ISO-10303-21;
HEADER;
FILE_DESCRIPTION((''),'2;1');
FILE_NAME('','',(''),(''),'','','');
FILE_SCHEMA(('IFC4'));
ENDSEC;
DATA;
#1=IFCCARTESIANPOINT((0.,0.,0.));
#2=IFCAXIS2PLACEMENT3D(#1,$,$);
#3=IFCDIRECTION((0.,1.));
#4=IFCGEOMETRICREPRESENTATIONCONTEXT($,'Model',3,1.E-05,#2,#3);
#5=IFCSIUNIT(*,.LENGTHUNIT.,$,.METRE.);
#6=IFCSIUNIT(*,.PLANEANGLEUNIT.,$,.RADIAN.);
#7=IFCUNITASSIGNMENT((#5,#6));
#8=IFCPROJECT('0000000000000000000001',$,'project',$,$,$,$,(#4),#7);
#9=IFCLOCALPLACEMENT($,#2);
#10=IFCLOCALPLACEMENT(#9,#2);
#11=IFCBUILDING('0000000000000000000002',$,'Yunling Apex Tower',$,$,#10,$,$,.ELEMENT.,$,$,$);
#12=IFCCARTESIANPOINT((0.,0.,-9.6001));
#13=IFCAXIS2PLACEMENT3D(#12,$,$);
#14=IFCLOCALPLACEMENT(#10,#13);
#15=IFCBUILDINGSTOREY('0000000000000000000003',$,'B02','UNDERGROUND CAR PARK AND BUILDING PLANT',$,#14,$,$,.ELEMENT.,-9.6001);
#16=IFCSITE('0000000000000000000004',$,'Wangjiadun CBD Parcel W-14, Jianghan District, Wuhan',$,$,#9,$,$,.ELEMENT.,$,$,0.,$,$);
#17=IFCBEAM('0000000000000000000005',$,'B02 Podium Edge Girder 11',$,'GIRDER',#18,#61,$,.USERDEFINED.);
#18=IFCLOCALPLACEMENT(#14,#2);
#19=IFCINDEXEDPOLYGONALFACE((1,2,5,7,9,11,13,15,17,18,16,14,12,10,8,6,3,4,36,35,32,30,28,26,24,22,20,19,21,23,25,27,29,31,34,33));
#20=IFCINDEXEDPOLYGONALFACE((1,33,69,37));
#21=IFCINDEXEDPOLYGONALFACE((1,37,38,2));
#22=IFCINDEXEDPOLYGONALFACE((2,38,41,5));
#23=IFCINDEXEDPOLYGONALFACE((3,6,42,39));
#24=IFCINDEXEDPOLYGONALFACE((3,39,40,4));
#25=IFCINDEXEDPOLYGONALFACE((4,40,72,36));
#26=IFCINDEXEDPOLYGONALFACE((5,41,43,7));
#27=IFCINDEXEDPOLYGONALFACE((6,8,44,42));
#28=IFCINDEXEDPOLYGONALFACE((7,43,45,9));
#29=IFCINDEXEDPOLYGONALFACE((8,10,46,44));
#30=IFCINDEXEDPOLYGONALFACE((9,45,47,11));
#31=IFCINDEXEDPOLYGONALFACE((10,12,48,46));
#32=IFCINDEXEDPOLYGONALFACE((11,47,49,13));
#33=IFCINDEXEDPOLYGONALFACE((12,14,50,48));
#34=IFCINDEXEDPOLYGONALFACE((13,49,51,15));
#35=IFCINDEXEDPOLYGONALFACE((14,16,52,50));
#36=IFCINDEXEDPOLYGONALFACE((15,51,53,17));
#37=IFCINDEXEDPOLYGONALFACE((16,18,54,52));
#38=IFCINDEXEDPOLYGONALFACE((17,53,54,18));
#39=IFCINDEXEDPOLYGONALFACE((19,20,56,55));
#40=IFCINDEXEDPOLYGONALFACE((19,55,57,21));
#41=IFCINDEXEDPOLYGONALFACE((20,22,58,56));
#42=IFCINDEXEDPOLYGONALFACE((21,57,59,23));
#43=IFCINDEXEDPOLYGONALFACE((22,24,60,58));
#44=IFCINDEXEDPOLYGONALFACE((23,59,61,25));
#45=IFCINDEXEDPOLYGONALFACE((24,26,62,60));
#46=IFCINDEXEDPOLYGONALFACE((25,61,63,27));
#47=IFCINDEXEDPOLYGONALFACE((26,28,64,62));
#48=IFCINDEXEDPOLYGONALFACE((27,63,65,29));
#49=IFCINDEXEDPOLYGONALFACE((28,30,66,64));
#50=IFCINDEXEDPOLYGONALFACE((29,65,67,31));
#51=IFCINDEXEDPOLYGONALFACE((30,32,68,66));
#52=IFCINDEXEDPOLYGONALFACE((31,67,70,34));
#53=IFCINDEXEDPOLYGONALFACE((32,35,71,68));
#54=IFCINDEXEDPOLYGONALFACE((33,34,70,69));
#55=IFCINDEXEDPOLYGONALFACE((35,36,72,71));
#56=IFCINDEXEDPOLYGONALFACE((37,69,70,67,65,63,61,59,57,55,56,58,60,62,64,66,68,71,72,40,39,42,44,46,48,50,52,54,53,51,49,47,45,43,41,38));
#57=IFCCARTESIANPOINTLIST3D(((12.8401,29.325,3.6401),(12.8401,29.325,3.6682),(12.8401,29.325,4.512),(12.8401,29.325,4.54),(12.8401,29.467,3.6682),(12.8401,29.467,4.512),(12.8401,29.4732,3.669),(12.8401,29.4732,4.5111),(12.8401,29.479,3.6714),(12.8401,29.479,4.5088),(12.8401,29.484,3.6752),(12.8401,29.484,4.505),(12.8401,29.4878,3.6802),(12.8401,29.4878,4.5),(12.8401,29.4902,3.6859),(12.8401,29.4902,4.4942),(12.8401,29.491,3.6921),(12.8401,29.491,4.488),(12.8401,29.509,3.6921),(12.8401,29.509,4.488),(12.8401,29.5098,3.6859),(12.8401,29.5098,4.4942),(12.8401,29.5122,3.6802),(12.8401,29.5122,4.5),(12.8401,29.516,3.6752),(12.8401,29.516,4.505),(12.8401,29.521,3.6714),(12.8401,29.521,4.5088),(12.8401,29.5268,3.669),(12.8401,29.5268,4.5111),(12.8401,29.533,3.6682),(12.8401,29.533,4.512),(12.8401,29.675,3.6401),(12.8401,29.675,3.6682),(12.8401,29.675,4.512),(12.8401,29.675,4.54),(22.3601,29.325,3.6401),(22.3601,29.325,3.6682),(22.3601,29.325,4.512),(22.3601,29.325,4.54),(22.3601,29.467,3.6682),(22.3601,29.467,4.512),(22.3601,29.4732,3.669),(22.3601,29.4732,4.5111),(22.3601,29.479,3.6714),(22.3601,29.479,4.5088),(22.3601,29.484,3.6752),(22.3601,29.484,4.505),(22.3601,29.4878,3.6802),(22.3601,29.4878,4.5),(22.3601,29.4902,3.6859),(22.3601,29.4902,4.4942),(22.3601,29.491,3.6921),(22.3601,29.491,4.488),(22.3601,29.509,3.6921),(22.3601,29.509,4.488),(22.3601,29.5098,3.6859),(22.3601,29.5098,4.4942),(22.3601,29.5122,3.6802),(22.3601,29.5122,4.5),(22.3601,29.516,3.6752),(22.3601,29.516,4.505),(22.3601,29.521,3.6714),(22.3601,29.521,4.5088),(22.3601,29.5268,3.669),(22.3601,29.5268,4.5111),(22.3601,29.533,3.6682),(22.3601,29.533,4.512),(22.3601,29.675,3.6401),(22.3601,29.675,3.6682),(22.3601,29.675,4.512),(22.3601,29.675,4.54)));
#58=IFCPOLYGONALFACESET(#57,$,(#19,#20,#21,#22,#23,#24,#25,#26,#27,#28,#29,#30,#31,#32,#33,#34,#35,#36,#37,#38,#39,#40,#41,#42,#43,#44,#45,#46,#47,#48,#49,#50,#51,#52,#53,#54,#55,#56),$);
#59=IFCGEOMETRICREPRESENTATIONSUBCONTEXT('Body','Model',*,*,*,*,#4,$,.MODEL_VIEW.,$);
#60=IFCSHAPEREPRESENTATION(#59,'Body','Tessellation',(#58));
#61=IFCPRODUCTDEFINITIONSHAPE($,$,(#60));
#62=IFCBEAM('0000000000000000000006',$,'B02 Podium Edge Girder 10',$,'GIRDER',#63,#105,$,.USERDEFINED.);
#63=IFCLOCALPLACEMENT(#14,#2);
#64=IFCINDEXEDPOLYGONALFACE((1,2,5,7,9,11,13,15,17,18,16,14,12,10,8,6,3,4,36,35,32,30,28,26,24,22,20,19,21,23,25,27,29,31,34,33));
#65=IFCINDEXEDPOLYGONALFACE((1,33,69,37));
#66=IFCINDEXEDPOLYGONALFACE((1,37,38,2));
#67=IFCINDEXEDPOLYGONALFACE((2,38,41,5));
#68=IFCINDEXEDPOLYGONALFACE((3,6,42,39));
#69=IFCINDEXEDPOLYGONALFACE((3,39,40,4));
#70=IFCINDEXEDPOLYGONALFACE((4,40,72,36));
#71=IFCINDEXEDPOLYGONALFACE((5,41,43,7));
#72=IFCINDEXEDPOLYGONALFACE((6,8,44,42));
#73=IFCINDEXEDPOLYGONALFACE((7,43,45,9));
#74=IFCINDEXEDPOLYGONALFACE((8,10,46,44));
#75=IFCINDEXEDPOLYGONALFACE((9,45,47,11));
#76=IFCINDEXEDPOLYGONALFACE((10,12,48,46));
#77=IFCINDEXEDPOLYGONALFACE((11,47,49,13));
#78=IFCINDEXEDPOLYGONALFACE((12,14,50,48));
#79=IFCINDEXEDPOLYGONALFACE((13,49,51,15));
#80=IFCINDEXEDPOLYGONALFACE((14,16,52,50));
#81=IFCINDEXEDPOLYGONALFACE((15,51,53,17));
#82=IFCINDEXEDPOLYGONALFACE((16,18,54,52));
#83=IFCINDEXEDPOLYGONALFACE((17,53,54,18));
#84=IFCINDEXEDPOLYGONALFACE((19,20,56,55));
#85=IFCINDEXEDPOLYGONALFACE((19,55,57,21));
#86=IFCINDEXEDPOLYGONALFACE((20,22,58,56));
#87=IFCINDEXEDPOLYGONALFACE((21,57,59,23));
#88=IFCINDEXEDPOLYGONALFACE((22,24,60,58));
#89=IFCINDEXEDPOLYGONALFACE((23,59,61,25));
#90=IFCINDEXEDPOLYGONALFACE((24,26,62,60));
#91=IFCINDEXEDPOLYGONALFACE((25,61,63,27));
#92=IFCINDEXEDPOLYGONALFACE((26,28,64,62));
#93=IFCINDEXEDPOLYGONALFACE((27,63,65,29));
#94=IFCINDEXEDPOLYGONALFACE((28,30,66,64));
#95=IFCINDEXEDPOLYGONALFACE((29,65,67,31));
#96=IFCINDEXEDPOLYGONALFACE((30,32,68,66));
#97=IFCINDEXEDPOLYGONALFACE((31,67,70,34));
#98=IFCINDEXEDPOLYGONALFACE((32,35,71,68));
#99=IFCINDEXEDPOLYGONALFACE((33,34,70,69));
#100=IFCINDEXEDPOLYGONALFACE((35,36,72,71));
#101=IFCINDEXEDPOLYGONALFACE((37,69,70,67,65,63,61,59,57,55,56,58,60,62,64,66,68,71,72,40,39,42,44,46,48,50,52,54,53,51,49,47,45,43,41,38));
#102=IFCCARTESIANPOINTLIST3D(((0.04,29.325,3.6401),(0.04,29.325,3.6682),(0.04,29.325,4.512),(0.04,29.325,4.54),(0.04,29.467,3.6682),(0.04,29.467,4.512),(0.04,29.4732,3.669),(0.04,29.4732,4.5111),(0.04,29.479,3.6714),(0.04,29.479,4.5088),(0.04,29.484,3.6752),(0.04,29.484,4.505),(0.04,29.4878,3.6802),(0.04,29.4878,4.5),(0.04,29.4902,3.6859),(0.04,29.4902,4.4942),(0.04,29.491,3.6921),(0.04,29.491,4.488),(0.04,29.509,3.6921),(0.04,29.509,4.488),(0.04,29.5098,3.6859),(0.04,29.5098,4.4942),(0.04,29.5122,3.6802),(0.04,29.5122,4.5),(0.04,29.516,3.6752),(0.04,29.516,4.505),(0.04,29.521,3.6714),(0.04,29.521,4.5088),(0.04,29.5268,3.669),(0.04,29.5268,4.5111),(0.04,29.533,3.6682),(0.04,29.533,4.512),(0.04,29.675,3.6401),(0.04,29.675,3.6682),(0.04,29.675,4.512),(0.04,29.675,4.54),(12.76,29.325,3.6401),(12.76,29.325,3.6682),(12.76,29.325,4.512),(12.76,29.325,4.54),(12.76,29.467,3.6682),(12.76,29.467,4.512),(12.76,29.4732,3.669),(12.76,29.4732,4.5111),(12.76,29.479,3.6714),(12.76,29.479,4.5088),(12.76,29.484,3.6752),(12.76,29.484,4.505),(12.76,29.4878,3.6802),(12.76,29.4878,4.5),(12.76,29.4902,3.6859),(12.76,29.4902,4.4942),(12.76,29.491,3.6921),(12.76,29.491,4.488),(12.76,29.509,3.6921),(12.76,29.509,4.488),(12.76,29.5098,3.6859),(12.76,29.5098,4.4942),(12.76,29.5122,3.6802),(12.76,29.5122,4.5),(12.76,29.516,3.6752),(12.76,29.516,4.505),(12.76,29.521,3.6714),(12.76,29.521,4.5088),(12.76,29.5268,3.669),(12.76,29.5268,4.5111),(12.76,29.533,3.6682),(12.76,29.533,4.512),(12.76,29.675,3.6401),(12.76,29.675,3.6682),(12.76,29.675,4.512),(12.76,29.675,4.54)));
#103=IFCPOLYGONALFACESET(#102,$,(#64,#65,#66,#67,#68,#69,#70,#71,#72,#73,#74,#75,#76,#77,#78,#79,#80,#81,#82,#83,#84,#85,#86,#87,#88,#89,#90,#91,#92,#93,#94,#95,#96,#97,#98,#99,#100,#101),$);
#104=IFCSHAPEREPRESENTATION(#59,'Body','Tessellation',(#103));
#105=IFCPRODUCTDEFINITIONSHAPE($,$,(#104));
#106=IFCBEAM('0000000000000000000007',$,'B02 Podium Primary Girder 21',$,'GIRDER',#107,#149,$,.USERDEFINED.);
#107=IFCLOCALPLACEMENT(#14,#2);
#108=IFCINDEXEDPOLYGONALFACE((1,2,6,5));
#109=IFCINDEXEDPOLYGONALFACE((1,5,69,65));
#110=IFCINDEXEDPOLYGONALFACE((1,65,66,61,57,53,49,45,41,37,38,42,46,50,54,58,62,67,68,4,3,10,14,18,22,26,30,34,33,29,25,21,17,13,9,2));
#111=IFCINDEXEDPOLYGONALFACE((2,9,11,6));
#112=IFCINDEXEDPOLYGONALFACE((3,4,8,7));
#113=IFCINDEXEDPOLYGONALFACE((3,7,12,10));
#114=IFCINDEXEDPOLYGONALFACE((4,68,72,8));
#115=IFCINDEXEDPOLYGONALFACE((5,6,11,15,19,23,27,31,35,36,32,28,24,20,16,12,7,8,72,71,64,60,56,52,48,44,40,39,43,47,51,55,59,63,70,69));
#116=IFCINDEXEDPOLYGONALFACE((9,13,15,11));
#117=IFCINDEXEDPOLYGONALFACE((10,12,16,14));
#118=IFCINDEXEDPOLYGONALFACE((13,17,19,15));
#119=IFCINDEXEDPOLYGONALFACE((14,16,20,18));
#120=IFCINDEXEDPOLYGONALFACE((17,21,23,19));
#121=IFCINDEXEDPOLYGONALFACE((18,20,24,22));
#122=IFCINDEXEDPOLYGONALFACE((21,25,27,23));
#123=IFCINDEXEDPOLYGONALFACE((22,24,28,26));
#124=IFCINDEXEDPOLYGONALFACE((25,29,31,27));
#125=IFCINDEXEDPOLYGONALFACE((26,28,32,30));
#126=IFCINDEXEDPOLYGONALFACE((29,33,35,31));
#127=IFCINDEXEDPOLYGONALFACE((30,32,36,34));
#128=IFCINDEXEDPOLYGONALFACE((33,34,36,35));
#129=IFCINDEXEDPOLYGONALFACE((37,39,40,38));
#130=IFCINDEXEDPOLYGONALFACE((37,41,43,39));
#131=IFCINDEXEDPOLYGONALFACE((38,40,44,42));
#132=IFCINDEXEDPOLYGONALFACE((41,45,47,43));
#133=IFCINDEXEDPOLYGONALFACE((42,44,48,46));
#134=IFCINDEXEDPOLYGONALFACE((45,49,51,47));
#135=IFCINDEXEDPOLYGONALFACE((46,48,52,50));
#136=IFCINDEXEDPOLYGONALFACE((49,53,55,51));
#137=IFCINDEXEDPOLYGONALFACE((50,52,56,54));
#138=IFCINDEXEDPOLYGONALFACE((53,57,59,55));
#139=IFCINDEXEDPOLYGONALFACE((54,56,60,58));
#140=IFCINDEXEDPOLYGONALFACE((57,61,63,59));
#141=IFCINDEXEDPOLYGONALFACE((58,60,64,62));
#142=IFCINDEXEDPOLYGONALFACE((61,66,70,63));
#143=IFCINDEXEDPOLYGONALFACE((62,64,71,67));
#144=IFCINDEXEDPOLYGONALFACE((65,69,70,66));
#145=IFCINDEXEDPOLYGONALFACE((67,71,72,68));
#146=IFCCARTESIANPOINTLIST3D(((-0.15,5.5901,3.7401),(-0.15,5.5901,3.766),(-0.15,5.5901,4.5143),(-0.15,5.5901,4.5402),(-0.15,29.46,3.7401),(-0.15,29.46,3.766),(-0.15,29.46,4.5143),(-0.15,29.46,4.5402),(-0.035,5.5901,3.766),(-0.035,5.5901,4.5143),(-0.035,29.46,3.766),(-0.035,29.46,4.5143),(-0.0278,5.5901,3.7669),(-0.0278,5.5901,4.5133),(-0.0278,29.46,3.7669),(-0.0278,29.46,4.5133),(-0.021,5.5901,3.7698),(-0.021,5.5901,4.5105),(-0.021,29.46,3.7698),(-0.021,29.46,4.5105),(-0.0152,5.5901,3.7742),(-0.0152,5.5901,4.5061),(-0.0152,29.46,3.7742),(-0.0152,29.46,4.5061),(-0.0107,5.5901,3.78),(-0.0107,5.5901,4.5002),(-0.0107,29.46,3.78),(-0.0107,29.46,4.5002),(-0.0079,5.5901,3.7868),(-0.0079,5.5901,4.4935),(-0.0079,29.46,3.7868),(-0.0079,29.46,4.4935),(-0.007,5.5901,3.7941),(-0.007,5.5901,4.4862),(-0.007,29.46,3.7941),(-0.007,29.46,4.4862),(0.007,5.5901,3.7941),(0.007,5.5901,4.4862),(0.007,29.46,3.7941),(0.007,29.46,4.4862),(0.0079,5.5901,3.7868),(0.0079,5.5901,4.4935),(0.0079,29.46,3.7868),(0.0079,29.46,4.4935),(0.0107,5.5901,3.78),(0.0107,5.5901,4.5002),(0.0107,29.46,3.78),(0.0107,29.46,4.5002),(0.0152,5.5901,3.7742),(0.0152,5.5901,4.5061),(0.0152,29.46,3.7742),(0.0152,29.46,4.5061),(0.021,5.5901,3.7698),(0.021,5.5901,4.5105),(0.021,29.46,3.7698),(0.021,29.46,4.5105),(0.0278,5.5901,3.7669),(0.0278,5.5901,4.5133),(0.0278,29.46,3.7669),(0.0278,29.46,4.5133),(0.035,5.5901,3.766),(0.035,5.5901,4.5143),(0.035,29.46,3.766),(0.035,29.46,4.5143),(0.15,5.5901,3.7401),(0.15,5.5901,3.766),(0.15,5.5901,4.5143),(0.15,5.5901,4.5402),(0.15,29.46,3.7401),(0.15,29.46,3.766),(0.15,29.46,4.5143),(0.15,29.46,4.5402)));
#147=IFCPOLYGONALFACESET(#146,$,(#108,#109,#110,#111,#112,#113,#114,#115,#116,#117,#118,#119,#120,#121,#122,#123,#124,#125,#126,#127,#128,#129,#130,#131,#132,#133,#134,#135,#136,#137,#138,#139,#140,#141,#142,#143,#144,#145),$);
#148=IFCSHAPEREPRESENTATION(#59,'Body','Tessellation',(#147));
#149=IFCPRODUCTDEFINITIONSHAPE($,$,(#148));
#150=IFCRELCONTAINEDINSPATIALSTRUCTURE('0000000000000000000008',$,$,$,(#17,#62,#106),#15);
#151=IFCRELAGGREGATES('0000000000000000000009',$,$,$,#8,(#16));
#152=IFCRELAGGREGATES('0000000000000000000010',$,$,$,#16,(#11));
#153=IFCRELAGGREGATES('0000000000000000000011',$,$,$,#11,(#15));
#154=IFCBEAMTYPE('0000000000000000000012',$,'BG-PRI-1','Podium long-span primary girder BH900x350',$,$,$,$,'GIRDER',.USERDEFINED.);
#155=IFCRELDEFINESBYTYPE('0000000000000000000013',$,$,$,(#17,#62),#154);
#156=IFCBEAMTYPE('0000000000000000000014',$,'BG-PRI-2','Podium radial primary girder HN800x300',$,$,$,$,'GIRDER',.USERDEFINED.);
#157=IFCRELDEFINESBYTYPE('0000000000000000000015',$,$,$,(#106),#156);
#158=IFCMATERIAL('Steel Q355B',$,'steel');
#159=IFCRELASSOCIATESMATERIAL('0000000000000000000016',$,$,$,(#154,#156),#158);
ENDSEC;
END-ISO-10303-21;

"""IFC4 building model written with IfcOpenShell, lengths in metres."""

from ifc_helpers import new_model, si_unit, direction, frame, origin, origin_2d, place, context, subcontext, project, spatial, i_section, extrude, source, transform, mapped, material, material_profile, profile_set, type_object, element, save


model = new_model("IFC4")

# Units and contexts
model_context = context("Model", 3, precision=1e-05, world=origin(), true_north=direction((0.0, 1.0)))
body_context = subcontext(model_context, "Body", "Model", "MODEL_VIEW")
ifc_project = project(units=[si_unit("LENGTHUNIT", "METRE"), si_unit("PLANEANGLEUNIT", "RADIAN")], contexts=[model_context])

# Site, building, storey
site_placement = place(None, origin())
site = spatial("IfcSite", under=ifc_project, at=site_placement, Name="Wangjiadun CBD Parcel W-14, Jianghan District, Wuhan", CompositionType="ELEMENT", RefElevation=0.0)
building_placement = place(site_placement, origin())
building = spatial("IfcBuilding", under=site, at=building_placement, Name="Yunling Apex Tower", CompositionType="ELEMENT")
storey_placement = place(building_placement, frame((0.0, 0.0, -9.6001)))
storey = spatial("IfcBuildingStorey", under=building, at=storey_placement, Name="B02", Description="UNDERGROUND CAR PARK AND BUILDING PLANT", CompositionType="ELEMENT", Elevation=-9.6001)

# Beams
ifc_material_1 = material(Name="Steel Q355B", Category="steel")
ifc_material_profile_1 = material_profile(ifc_material_1, i_section(OverallWidth=0.3501, OverallDepth=0.8999, WebThickness=0.0181, FlangeThickness=0.0281, FilletRadius=0.0239, at=origin_2d()))
ifc_profile_set_1 = profile_set([ifc_material_profile_1], Name="Steel Q355B")
beam_type_1 = type_object("IfcBeamType", Name="BG-PRI-1", Description="Podium long-span primary girder BH900x350", ElementType="GIRDER", PredefinedType="USERDEFINED", material=ifc_profile_set_1)
shared_shape_1 = source(origin(), body_context, "Body", "SweptSolid", [
    extrude(i_section(OverallWidth=0.3501, OverallDepth=0.8999, WebThickness=0.0181, FlangeThickness=0.0281, FilletRadius=0.0239, at=origin_2d()), origin(), (0.0, 0.0, 1.0), 9.52),
])
beam_1_placement = place(storey_placement, frame((12.8401, 29.5, 4.0901), z_axis=(1.0, 0.0, 0.0), x_axis=(0.0, 1.0, 0.0)))
element("IfcBeam", 1, at=beam_1_placement, inside=storey, type_object=beam_type_1, Name="B02 Podium Edge Girder 11", ObjectType="GIRDER", PredefinedType="USERDEFINED", context=body_context, shape_type="MappedRepresentation", body=[
    mapped(shared_shape_1, transform((0.0, 0.0, 0.0), scale=1.0)),
])
shared_shape_2 = source(origin(), body_context, "Body", "SweptSolid", [
    extrude(i_section(OverallWidth=0.3501, OverallDepth=0.8999, WebThickness=0.0181, FlangeThickness=0.0281, FilletRadius=0.0239, at=origin_2d()), origin(), (0.0, 0.0, 1.0), 12.72),
])
beam_2_placement = place(storey_placement, frame((0.04, 29.5, 4.0901), z_axis=(1.0, 0.0, 0.0), x_axis=(0.0, 1.0, 0.0)))
element("IfcBeam", 2, at=beam_2_placement, inside=storey, type_object=beam_type_1, Name="B02 Podium Edge Girder 10", ObjectType="GIRDER", PredefinedType="USERDEFINED", context=body_context, shape_type="MappedRepresentation", body=[
    mapped(shared_shape_2, transform((0.0, 0.0, 0.0), scale=1.0)),
])
ifc_material_profile_2 = material_profile(ifc_material_1, i_section(OverallWidth=0.3, OverallDepth=0.8, WebThickness=0.0139, FlangeThickness=0.0259, FilletRadius=0.0281, at=origin_2d()))
ifc_profile_set_2 = profile_set([ifc_material_profile_2], Name="Steel Q355B")
beam_type_2 = type_object("IfcBeamType", Name="BG-PRI-2", Description="Podium radial primary girder HN800x300", ElementType="GIRDER", PredefinedType="USERDEFINED", material=ifc_profile_set_2)
shared_shape_3 = source(origin(), body_context, "Body", "SweptSolid", [
    extrude(i_section(OverallWidth=0.3, OverallDepth=0.8, WebThickness=0.0139, FlangeThickness=0.0259, FilletRadius=0.0281, at=origin_2d()), origin(), (0.0, 0.0, 1.0), 23.8699),
])
beam_3_placement = place(storey_placement, frame((0.0, 29.46, 4.1401), z_axis=(0.0, -1.0, 0.0), x_axis=(1.0, 0.0, 0.0)))
element("IfcBeam", 3, at=beam_3_placement, inside=storey, type_object=beam_type_2, Name="B02 Podium Primary Girder 21", ObjectType="GIRDER", PredefinedType="USERDEFINED", context=body_context, shape_type="MappedRepresentation", body=[
    mapped(shared_shape_3, transform((0.0, 0.0, 0.0), scale=1.0)),
])

save(model, "model.ifc")
